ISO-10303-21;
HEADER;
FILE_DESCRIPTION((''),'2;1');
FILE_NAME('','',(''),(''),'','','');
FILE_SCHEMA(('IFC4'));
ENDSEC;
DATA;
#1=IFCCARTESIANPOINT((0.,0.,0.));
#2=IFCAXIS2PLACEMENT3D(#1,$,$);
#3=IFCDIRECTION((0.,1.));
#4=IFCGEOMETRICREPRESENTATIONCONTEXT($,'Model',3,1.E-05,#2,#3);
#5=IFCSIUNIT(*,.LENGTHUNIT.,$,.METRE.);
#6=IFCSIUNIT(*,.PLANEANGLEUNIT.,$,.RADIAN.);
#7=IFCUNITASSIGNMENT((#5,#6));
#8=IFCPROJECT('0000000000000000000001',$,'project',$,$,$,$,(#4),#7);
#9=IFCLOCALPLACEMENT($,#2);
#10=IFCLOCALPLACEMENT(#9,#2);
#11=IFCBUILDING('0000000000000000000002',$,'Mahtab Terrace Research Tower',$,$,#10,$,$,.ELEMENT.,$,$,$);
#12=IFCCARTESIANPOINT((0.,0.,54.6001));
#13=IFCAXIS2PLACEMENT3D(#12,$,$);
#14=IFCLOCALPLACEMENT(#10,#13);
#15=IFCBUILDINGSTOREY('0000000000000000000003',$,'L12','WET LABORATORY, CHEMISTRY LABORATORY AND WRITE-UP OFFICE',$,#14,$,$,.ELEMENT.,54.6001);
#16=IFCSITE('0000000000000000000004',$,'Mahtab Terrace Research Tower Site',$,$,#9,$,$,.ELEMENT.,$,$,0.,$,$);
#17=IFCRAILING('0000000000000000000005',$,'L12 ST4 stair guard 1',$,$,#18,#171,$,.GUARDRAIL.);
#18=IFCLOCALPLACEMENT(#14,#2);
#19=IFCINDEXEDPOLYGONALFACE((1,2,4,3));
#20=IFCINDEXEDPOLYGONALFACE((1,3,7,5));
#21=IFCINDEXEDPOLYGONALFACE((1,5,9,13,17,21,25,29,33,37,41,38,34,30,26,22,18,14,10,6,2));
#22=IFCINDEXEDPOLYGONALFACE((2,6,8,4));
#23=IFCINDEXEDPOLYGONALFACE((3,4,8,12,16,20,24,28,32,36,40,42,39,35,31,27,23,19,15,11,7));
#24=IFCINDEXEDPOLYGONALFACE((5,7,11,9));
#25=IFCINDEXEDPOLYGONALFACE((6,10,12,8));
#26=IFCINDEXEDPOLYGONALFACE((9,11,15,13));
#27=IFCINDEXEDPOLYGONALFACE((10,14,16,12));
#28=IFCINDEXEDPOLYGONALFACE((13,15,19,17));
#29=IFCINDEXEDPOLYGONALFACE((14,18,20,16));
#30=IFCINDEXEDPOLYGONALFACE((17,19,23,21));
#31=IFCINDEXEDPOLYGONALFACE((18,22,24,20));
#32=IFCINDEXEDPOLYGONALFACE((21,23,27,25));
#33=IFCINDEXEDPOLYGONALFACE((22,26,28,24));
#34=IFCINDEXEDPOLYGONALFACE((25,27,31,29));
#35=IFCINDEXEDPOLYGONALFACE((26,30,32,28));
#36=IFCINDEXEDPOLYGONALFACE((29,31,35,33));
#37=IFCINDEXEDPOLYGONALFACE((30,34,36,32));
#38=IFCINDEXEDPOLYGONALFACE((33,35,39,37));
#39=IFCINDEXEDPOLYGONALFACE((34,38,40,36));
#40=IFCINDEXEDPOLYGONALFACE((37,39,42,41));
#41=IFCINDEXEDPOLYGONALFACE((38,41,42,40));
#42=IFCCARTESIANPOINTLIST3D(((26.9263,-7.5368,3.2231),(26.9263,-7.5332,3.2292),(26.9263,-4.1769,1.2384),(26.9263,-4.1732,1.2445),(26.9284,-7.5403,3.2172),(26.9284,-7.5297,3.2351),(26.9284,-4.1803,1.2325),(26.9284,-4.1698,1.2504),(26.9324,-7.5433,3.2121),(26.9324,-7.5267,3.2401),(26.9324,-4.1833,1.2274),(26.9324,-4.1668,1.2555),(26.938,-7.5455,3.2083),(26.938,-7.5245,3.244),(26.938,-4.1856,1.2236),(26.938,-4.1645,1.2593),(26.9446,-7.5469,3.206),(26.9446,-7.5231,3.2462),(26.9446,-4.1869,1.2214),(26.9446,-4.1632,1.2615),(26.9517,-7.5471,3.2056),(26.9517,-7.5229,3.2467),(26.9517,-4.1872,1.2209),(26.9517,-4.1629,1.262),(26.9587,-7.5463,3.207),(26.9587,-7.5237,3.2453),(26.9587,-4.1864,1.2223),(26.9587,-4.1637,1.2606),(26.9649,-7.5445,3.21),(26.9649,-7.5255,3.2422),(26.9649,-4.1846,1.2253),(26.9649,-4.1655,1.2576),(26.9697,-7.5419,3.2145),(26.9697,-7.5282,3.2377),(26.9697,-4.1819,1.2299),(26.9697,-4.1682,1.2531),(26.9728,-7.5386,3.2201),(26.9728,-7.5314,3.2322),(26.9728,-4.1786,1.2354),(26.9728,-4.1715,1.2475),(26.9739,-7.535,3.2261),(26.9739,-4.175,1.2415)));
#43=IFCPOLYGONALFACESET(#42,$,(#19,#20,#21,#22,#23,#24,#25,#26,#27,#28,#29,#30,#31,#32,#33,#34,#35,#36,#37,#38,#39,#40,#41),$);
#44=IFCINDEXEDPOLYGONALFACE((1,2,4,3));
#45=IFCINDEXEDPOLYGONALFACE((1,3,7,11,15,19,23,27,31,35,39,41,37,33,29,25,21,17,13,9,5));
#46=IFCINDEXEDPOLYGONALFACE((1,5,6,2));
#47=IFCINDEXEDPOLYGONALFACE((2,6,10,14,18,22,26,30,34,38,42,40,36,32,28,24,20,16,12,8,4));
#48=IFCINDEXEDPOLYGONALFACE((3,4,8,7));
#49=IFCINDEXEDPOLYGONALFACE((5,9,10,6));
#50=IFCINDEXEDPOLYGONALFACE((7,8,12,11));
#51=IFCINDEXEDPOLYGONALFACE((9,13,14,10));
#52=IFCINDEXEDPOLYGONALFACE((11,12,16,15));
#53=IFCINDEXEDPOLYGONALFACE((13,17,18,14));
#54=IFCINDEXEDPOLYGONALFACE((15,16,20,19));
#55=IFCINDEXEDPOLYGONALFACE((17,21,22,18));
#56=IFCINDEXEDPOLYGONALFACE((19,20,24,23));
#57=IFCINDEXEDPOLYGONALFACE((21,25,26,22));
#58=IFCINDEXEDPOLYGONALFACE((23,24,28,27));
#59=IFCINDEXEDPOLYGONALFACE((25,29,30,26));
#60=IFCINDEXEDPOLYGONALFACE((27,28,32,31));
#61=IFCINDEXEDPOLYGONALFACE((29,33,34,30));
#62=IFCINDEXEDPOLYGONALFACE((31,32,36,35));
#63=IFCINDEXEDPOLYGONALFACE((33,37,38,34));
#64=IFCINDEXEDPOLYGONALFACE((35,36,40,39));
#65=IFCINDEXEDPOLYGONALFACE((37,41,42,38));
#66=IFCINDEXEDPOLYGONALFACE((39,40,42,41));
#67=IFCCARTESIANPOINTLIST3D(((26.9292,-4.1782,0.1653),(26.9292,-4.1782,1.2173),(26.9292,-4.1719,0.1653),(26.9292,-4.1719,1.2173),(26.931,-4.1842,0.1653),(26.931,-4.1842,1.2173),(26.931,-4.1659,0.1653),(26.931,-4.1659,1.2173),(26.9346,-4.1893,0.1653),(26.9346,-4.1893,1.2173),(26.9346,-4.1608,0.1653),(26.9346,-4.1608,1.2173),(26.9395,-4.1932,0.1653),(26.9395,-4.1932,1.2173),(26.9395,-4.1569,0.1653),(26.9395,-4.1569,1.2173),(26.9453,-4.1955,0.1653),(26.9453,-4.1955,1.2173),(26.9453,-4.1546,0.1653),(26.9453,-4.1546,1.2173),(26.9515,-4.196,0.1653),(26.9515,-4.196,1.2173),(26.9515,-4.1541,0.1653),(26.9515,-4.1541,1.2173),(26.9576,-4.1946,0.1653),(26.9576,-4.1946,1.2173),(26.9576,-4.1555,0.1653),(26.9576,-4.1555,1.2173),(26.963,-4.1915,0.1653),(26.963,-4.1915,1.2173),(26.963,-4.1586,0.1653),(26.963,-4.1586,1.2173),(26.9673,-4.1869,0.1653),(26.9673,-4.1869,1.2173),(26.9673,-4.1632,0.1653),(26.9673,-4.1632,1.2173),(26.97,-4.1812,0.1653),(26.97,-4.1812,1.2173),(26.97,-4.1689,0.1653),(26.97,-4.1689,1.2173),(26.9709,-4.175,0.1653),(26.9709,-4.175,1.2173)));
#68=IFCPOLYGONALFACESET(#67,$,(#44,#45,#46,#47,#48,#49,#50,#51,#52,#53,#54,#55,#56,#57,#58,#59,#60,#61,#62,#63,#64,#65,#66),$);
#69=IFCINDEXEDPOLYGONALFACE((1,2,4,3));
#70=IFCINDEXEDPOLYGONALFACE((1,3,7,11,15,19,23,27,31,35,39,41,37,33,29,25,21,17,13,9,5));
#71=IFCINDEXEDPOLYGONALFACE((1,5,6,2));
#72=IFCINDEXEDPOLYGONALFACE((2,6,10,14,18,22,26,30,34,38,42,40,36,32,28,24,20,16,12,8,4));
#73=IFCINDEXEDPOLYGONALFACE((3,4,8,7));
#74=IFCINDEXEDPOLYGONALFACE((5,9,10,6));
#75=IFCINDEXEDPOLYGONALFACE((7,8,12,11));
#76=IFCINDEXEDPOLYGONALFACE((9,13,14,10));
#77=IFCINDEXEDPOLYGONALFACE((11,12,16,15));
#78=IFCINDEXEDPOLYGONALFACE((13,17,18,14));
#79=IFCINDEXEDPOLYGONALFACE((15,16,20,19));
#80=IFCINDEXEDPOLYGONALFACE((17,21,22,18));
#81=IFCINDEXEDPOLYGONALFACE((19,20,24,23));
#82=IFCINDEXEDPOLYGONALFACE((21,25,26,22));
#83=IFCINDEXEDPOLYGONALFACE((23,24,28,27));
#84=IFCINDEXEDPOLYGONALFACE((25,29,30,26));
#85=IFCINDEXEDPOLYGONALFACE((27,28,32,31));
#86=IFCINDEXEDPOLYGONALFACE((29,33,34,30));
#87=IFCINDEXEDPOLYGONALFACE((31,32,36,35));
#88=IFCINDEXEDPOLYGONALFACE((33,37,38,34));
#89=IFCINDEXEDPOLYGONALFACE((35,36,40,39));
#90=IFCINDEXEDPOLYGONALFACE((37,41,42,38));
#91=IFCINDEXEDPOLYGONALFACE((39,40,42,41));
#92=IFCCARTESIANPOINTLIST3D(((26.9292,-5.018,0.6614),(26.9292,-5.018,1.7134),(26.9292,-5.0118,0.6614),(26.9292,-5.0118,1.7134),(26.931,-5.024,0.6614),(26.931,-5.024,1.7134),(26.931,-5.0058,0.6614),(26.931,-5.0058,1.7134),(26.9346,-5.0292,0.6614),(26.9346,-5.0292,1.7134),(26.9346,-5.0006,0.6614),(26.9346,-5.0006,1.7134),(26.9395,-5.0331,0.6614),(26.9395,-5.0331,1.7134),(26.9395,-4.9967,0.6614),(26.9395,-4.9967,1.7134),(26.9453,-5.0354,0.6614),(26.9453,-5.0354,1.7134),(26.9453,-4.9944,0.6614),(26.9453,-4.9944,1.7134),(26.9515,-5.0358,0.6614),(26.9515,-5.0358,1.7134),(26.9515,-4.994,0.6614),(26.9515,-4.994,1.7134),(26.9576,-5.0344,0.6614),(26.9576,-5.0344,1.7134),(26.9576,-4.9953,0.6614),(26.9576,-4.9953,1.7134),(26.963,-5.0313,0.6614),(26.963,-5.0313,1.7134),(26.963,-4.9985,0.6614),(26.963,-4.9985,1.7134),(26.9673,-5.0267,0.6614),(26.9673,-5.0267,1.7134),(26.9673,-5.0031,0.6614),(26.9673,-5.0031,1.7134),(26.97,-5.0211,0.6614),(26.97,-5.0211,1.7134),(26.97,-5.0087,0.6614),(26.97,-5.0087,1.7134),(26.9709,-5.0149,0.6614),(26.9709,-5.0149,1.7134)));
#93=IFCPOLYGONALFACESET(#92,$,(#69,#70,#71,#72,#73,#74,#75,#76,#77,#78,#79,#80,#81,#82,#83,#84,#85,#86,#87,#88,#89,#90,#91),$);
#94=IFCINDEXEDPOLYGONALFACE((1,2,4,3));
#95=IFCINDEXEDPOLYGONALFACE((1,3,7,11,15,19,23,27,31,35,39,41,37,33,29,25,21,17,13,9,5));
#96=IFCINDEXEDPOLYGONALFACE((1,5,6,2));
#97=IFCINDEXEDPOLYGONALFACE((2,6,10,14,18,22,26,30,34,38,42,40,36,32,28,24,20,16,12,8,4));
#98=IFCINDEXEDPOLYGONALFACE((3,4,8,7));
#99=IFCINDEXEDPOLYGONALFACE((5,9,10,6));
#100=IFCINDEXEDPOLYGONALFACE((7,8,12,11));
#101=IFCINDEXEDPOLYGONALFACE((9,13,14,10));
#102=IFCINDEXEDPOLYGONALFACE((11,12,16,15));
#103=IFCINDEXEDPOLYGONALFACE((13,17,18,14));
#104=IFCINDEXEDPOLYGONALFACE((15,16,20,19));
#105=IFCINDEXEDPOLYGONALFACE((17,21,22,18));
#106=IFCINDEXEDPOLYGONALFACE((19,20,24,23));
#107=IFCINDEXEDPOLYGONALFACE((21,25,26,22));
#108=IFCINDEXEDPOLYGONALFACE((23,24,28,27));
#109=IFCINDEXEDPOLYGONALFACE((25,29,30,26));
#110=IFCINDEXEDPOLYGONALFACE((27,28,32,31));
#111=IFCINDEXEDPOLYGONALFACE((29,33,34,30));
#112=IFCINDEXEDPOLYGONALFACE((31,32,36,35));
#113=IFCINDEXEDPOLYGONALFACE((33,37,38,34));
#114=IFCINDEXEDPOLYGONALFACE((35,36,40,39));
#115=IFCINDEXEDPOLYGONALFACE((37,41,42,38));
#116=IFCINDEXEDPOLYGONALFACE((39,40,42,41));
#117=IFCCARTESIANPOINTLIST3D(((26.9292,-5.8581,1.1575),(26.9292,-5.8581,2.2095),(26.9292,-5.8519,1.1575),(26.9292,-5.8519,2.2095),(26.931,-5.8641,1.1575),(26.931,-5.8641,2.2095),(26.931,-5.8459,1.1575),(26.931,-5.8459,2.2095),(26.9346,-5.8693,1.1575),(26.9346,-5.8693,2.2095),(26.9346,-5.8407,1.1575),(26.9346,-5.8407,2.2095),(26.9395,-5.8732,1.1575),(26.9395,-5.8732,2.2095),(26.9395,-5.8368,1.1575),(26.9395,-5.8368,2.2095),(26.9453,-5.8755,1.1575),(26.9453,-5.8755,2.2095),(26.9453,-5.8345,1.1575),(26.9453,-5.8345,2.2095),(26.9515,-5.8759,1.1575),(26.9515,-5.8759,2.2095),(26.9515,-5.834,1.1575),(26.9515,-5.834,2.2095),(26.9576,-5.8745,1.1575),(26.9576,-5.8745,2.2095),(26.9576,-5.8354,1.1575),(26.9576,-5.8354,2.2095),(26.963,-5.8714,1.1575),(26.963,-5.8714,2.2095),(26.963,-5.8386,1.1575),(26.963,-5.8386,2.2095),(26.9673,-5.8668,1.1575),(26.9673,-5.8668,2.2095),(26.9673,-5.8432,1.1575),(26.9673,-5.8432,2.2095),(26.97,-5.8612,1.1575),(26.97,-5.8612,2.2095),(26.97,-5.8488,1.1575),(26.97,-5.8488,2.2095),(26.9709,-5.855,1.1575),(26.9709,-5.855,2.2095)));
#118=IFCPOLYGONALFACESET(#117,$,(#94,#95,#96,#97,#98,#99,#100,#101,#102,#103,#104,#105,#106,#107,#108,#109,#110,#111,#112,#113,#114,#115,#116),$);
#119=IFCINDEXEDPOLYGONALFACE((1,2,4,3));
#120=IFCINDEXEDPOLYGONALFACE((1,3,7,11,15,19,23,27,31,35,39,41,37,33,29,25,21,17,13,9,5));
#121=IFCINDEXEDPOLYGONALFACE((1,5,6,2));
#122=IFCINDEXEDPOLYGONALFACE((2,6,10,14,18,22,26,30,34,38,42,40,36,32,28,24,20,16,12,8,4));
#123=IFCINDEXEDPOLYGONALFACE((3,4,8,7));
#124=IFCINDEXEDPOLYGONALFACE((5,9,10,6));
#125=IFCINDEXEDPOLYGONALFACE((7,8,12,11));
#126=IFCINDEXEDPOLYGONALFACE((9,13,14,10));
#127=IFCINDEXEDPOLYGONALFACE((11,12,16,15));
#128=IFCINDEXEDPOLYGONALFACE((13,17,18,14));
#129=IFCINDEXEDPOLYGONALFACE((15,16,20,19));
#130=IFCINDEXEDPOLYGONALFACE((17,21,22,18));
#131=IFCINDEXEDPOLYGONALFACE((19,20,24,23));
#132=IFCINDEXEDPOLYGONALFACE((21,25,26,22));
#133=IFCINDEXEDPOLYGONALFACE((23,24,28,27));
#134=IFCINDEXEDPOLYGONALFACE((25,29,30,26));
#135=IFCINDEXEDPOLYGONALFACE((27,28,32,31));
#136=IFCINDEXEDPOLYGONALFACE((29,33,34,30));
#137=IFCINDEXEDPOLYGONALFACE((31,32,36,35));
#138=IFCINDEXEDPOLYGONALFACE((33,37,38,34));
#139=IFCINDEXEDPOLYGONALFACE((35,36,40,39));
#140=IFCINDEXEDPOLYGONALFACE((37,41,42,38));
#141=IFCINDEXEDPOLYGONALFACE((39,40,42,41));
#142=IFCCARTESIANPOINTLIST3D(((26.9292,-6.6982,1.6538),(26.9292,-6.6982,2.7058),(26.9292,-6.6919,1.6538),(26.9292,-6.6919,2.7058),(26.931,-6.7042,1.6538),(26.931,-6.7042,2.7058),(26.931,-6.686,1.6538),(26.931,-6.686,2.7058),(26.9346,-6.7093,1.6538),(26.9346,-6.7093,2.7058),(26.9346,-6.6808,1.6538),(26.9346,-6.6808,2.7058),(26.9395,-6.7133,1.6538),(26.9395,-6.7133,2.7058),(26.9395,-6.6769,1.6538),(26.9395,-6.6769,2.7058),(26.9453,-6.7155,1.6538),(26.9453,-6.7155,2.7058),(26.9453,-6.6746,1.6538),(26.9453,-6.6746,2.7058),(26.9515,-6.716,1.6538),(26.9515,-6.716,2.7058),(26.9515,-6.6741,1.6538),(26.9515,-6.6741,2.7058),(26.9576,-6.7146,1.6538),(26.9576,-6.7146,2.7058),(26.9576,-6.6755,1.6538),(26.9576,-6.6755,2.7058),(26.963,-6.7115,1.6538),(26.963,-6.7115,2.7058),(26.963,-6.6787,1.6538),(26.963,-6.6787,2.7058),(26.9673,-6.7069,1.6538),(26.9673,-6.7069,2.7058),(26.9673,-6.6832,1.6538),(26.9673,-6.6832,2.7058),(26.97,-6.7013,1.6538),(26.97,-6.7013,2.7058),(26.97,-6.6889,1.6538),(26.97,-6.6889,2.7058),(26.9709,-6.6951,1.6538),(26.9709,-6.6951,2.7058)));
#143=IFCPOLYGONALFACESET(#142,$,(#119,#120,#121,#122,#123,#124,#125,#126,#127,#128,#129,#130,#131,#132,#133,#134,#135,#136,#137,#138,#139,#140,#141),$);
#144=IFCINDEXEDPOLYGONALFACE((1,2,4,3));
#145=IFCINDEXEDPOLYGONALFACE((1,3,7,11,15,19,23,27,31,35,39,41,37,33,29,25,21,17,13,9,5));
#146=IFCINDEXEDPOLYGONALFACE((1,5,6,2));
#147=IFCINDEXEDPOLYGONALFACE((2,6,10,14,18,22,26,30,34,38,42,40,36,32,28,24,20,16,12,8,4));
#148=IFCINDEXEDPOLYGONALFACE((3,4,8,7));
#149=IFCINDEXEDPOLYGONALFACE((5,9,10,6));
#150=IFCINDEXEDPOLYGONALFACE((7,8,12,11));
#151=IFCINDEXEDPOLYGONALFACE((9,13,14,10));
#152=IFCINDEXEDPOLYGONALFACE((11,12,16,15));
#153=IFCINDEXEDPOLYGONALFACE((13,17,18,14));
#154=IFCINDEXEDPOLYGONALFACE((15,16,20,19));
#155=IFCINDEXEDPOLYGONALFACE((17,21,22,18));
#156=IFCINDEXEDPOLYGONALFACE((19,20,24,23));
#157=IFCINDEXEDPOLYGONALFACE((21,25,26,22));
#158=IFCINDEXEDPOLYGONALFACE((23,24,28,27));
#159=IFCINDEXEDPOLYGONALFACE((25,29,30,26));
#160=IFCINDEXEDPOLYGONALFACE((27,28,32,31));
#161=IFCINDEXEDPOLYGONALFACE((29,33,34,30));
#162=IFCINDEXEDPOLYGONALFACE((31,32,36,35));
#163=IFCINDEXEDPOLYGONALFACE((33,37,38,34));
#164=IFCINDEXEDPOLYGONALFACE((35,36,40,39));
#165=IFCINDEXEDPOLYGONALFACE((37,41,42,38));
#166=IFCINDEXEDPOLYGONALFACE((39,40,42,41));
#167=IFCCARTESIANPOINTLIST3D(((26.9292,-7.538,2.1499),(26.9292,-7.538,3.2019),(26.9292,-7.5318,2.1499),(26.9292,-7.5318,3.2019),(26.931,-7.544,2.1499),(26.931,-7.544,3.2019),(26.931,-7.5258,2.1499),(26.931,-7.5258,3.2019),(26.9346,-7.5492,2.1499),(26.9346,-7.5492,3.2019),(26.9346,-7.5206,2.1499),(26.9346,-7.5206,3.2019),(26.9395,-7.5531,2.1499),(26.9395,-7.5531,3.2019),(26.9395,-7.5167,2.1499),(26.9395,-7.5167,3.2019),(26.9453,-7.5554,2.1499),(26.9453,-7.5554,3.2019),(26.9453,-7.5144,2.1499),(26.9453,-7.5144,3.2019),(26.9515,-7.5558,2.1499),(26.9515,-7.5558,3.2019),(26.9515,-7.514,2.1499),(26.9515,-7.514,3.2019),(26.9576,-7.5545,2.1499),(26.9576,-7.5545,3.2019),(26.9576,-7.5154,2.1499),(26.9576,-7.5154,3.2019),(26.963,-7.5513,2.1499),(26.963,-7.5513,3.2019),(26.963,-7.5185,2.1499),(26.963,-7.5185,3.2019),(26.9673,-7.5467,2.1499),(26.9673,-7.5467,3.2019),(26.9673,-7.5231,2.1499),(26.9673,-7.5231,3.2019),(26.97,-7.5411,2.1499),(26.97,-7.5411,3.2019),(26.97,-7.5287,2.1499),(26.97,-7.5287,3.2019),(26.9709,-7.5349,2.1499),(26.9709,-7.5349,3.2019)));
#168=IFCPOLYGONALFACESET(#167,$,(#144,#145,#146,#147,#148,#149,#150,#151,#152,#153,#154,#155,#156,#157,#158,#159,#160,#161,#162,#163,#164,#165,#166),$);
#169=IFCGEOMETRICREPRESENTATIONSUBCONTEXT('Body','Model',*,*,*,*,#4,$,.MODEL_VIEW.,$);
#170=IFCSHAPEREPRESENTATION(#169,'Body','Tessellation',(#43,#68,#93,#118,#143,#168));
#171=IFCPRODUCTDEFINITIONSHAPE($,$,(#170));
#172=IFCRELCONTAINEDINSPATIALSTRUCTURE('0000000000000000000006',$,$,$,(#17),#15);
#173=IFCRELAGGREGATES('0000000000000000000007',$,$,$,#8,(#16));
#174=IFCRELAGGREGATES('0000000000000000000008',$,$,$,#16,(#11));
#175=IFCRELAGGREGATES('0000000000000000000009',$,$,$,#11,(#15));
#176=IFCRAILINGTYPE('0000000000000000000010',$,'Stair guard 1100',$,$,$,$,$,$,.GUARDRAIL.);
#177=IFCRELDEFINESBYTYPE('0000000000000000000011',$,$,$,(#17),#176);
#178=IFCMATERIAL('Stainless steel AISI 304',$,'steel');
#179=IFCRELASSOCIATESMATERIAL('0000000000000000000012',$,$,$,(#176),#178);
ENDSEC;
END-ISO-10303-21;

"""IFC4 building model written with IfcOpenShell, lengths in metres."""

from ifc_helpers import new_model, si_unit, direction, frame, origin, origin_2d, place, context, subcontext, project, spatial, circle, extrude, material, type_object, element, save


model = new_model("IFC4")

# Units and contexts
model_context = context("Model", 3, precision=1e-05, world=origin(), true_north=direction((0.0, 1.0)))
body_context = subcontext(model_context, "Body", "Model", "MODEL_VIEW")
ifc_project = project(units=[si_unit("LENGTHUNIT", "METRE"), si_unit("PLANEANGLEUNIT", "RADIAN")], contexts=[model_context])

# Site, building, storey
site_placement = place(None, origin())
site = spatial("IfcSite", under=ifc_project, at=site_placement, Name="Mahtab Terrace Research Tower Site", CompositionType="ELEMENT", RefElevation=0.0)
building_placement = place(site_placement, origin())
building = spatial("IfcBuilding", under=site, at=building_placement, Name="Mahtab Terrace Research Tower", CompositionType="ELEMENT")
storey_placement = place(building_placement, frame((0.0, 0.0, 54.6001)))
storey = spatial("IfcBuildingStorey", under=building, at=storey_placement, Name="L12", Description="WET LABORATORY, CHEMISTRY LABORATORY AND WRITE-UP OFFICE", CompositionType="ELEMENT", Elevation=54.6001)

# Railing
ifc_material_1 = material(Name="Stainless steel AISI 304", Category="steel")
railing_type_1 = type_object("IfcRailingType", Name="Stair guard 1100", PredefinedType="GUARDRAIL", material=ifc_material_1)
railing_1_placement = place(storey_placement, frame((26.95, -4.175, 0.1653)))
element("IfcRailing", 1, at=railing_1_placement, inside=storey, type_object=railing_type_1, Name="L12 ST4 stair guard 1", PredefinedType="GUARDRAIL", context=body_context, shape_type="SweptSolid", body=[
    extrude(circle(Radius=0.0239, at=origin_2d()), frame((0.0, 0.0, 1.0762), z_axis=(0.0, -0.861011, 0.508586), x_axis=(1.0, 0.0, 0.0)), (0.0, 0.0, 1.0), 3.9023),
    extrude(circle(Radius=0.021, at=origin_2d()), origin(), (0.0, 0.0, 1.0), 1.052),
    extrude(circle(Radius=0.021, at=origin_2d()), frame((0.0, -0.8398, 0.4961)), (0.0, 0.0, 1.0), 1.052),
    extrude(circle(Radius=0.021, at=origin_2d()), frame((0.0, -1.6799, 0.9922)), (0.0, 0.0, 1.0), 1.052),
    extrude(circle(Radius=0.021, at=origin_2d()), frame((0.0, -2.52, 1.4885)), (0.0, 0.0, 1.0), 1.052),
    extrude(circle(Radius=0.021, at=origin_2d()), frame((0.0, -3.3599, 1.9846)), (0.0, 0.0, 1.0), 1.052),
])

save(model, "model.ifc")
